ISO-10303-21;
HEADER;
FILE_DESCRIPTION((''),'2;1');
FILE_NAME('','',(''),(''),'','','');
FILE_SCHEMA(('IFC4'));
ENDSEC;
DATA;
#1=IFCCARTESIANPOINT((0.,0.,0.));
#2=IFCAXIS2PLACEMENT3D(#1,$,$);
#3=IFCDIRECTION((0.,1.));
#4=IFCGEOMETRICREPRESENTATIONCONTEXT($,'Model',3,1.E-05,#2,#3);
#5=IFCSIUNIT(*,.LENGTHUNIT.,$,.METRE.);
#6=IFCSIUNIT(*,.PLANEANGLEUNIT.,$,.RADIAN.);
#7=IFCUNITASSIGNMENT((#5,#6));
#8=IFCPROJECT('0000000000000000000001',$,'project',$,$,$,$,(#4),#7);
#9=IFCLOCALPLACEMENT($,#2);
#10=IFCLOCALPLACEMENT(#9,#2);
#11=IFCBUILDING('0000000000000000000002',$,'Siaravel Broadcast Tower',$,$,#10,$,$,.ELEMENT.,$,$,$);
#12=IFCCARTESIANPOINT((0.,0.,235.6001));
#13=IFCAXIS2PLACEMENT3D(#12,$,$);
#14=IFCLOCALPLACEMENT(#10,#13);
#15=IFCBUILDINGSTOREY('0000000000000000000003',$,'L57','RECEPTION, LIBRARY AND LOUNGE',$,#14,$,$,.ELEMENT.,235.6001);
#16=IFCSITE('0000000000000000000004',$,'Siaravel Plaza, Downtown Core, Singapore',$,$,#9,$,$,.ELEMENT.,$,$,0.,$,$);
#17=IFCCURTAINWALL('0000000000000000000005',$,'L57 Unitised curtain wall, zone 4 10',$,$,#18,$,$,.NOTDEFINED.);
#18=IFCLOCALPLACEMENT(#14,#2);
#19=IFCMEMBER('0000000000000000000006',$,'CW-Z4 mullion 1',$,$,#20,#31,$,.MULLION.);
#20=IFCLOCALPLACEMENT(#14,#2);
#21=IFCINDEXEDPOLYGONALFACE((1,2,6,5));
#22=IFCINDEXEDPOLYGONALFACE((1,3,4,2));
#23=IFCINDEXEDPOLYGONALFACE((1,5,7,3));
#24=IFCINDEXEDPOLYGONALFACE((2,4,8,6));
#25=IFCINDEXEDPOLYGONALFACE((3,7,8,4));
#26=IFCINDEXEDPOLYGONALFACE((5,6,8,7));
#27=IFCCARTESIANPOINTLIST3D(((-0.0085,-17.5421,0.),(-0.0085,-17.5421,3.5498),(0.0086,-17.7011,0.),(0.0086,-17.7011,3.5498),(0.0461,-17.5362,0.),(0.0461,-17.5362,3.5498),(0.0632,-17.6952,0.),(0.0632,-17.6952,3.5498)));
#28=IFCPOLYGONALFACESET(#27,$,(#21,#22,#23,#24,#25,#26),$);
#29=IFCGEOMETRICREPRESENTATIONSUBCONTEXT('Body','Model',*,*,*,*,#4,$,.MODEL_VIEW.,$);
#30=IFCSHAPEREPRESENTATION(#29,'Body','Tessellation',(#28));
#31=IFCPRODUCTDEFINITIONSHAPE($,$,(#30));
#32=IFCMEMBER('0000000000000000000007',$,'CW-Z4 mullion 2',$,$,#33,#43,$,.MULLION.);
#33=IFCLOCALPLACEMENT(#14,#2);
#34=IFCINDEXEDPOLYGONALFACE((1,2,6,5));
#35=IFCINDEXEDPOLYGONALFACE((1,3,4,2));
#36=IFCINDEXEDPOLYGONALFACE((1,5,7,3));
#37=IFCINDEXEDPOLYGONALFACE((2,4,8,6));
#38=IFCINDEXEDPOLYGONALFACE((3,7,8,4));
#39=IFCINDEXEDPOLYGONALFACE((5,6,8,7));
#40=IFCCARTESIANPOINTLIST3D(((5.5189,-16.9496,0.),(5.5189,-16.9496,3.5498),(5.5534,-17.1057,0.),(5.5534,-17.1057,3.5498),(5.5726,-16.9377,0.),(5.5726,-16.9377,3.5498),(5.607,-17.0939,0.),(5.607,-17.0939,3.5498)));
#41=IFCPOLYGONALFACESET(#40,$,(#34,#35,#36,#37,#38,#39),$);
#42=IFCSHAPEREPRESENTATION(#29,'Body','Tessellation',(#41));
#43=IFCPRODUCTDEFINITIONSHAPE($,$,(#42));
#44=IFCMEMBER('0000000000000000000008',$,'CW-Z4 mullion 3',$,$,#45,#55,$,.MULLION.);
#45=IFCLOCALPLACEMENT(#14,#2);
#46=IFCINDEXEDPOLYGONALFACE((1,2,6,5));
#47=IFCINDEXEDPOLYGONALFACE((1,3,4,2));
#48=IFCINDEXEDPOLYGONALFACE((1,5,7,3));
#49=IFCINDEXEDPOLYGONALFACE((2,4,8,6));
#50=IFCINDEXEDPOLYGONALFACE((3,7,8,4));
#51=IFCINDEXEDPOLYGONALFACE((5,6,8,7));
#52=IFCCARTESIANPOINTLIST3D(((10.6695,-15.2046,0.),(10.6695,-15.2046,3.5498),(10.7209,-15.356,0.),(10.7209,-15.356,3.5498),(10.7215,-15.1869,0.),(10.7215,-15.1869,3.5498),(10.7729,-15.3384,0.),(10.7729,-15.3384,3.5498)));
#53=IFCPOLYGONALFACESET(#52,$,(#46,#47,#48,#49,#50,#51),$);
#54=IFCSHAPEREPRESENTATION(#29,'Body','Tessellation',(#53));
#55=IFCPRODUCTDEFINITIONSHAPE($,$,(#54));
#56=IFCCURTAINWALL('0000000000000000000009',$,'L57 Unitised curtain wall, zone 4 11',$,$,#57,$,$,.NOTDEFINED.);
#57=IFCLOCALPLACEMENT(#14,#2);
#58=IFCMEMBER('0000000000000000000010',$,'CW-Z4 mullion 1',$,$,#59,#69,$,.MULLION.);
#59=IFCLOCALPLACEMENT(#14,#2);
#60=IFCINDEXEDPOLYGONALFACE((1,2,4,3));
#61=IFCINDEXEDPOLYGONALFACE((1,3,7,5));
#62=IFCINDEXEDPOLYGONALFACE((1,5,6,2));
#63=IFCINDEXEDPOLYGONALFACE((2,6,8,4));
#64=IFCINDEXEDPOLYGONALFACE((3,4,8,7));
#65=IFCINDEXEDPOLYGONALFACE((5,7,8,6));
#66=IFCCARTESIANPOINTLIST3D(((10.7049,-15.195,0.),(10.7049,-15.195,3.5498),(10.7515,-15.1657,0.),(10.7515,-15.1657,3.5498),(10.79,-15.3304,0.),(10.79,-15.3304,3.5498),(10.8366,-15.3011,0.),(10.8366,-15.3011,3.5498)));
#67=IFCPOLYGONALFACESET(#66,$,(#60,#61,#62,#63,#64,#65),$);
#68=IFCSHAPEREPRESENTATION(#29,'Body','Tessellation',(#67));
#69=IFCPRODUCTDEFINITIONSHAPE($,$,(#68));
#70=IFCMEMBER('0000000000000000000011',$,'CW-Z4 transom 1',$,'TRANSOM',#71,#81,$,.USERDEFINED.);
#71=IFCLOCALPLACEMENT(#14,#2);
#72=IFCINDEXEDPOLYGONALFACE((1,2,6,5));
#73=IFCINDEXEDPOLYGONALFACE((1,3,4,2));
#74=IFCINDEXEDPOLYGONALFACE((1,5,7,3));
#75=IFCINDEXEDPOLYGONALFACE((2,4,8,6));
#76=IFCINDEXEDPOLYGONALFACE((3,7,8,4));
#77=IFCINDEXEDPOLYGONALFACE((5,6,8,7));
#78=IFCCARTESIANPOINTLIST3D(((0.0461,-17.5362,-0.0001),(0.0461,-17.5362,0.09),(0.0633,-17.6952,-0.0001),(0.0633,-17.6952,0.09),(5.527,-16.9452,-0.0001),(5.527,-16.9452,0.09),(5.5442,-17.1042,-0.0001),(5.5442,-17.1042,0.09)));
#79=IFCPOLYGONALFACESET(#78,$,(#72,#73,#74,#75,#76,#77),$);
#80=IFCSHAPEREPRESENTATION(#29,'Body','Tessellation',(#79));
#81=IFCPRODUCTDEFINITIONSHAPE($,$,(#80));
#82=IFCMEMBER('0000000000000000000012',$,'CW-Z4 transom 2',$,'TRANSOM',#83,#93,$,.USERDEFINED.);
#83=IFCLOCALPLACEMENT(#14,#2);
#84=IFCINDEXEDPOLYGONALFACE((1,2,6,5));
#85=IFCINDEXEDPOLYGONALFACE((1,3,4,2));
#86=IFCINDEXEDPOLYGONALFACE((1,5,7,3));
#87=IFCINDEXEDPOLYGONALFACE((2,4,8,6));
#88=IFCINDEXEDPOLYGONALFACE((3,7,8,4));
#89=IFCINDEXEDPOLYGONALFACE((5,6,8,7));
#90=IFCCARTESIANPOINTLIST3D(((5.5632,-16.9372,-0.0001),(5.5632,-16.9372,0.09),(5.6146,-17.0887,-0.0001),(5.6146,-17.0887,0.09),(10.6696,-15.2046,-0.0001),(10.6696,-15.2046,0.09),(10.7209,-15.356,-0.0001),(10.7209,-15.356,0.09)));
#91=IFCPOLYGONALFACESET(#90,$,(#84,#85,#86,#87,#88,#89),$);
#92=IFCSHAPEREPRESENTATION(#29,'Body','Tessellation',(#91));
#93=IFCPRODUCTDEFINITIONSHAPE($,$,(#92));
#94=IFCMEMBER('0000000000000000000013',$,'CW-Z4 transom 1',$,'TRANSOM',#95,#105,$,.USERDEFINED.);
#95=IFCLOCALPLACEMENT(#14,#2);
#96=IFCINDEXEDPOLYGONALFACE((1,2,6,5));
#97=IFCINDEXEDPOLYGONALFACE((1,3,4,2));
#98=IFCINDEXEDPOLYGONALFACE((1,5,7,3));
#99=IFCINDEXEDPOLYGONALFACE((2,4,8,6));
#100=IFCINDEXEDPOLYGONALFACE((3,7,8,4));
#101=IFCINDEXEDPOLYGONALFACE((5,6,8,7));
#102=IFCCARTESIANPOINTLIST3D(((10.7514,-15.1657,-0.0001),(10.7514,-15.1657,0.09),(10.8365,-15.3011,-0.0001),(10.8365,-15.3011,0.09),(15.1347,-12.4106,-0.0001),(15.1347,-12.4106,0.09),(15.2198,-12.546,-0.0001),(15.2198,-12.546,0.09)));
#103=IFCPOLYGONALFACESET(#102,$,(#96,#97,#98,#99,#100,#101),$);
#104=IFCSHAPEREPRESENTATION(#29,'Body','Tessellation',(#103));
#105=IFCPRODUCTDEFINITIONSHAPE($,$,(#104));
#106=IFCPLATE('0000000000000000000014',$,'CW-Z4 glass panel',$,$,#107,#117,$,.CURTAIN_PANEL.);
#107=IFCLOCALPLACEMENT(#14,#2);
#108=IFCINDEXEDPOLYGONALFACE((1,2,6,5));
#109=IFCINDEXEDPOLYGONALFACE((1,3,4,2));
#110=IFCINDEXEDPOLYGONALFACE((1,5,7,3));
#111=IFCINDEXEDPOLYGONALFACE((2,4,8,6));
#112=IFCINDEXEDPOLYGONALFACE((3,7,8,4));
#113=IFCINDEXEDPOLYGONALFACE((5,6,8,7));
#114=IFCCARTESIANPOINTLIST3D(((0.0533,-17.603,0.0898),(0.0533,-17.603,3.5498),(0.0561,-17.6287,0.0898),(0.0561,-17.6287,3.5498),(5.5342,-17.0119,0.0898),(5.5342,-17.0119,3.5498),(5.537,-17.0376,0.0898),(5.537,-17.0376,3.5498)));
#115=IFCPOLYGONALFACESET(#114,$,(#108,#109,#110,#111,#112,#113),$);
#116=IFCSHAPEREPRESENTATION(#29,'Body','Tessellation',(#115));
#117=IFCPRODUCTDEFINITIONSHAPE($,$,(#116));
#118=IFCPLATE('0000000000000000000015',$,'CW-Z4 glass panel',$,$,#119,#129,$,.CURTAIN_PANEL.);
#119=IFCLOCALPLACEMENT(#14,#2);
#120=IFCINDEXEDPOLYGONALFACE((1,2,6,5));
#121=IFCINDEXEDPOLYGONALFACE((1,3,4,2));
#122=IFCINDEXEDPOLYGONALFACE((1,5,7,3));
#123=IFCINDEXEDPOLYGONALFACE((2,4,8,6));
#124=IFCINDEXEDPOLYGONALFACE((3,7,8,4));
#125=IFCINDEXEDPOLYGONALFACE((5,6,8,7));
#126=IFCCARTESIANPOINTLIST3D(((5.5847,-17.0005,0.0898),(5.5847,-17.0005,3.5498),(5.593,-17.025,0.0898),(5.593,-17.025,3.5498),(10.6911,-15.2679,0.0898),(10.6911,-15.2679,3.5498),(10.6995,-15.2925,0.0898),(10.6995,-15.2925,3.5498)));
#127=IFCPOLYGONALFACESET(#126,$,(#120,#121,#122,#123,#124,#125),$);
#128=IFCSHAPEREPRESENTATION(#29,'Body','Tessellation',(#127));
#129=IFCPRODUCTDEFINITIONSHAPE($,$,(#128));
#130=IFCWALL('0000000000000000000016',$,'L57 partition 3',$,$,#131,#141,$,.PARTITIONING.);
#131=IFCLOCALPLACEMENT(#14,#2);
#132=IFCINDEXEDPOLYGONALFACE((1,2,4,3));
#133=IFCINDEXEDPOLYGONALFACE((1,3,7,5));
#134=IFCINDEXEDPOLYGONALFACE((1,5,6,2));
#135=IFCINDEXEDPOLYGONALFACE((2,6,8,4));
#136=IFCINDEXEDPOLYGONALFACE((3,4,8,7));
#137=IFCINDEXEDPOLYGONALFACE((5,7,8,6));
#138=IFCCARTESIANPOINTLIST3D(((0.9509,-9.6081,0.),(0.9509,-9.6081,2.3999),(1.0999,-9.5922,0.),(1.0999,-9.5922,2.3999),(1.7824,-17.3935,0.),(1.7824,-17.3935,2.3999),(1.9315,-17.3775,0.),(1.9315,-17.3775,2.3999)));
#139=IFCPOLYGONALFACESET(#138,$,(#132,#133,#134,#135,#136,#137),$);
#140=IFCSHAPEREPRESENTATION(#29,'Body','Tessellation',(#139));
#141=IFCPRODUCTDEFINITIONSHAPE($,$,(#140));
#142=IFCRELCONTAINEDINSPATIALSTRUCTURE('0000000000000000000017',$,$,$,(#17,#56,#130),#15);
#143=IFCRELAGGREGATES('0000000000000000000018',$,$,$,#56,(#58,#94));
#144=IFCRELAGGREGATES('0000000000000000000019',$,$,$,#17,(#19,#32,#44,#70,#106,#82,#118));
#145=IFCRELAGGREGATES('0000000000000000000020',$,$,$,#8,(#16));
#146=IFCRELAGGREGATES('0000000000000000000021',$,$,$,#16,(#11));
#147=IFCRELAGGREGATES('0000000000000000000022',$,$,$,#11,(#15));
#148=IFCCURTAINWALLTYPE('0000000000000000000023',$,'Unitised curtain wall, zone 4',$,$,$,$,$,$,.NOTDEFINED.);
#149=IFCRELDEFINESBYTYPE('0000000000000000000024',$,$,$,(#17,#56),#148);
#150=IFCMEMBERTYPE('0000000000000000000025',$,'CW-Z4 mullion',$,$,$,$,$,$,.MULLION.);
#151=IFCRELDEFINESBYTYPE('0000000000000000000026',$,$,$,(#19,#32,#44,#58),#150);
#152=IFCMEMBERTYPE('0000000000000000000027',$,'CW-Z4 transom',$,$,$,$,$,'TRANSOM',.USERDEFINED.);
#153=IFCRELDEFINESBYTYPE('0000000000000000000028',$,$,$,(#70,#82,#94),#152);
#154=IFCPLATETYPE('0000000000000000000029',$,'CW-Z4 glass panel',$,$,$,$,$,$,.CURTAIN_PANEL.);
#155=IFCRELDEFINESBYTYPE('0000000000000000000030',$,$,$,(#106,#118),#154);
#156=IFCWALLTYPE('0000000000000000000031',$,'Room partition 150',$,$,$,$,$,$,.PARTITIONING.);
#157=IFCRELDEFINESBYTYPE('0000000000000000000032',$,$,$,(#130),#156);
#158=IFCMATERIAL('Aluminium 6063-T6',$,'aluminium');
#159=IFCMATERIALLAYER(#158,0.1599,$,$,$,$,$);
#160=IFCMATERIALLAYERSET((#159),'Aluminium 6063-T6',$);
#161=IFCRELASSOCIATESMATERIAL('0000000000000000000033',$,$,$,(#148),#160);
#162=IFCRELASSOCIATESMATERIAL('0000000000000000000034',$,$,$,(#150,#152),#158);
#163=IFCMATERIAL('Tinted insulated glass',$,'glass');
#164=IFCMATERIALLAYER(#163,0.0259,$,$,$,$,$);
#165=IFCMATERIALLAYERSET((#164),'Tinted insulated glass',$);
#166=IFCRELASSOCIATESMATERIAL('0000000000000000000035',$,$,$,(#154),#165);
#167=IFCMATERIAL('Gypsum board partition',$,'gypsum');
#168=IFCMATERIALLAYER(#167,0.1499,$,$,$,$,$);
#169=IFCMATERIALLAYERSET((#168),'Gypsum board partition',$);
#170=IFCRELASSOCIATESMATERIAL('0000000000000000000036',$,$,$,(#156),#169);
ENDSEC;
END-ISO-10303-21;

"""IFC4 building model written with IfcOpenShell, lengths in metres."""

from ifc_helpers import new_model, si_unit, direction, frame, frame_2d, origin, origin_2d, place, context, subcontext, project, spatial, rectangle, extrude, material, layer, layer_set, material_profile, profile_set, type_object, element, aggregate, save


model = new_model("IFC4")

# Units and contexts
model_context = context("Model", 3, precision=1e-05, world=origin(), true_north=direction((0.0, 1.0)))
body_context = subcontext(model_context, "Body", "Model", "MODEL_VIEW")
ifc_project = project(units=[si_unit("LENGTHUNIT", "METRE"), si_unit("PLANEANGLEUNIT", "RADIAN")], contexts=[model_context])

# Site, building, storey
site_placement = place(None, origin())
site = spatial("IfcSite", under=ifc_project, at=site_placement, Name="Siaravel Plaza, Downtown Core, Singapore", CompositionType="ELEMENT", RefElevation=0.0)
building_placement = place(site_placement, origin())
building = spatial("IfcBuilding", under=site, at=building_placement, Name="Siaravel Broadcast Tower", CompositionType="ELEMENT")
storey_placement = place(building_placement, frame((0.0, 0.0, 235.6001)))
storey = spatial("IfcBuildingStorey", under=building, at=storey_placement, Name="L57", Description="RECEPTION, LIBRARY AND LOUNGE", CompositionType="ELEMENT", Elevation=235.6001)

# Curtain wall, members
ifc_material_1 = material(Name="Aluminium 6063-T6", Category="aluminium")
ifc_layer_1 = layer(ifc_material_1, 0.1599)
ifc_layer_set_1 = layer_set([ifc_layer_1], Name="Aluminium 6063-T6")
curtain_wall_type = type_object("IfcCurtainWallType", Name="Unitised curtain wall, zone 4", PredefinedType="NOTDEFINED", material=ifc_layer_set_1)
curtain_wall_1_placement = place(storey_placement, origin())
curtain_wall_1 = element("IfcCurtainWall", 1, at=curtain_wall_1_placement, inside=storey, type_object=curtain_wall_type, Name="L57 Unitised curtain wall, zone 4 10", PredefinedType="NOTDEFINED")
ifc_material_profile_1 = material_profile(ifc_material_1, rectangle(XDim=0.1599, YDim=0.0549, at=origin_2d()))
ifc_profile_set_1 = profile_set([ifc_material_profile_1], Name="Aluminium 6063-T6")
member_type_1 = type_object("IfcMemberType", Name="CW-Z4 mullion", PredefinedType="MULLION", material=ifc_profile_set_1)
member_1_placement = place(storey_placement, frame((0.0273, -17.6187, 0.0), z_axis=(0.0, 0.0, 1.0), x_axis=(-0.107218, 0.994236, 0.0)))
member_1 = element("IfcMember", 2, at=member_1_placement, type_object=member_type_1, Name="CW-Z4 mullion 1", PredefinedType="MULLION", context=body_context, shape_type="SweptSolid", body=[
    extrude(rectangle(XDim=0.1599, YDim=0.0549, at=origin_2d()), origin(), (0.0, 0.0, 1.0), 3.5498),
])
member_2_placement = place(storey_placement, frame((5.563, -17.0217, 0.0), z_axis=(0.0, 0.0, 1.0), x_axis=(-0.215559, 0.976491, 0.0)))
member_2 = element("IfcMember", 3, at=member_2_placement, type_object=member_type_1, Name="CW-Z4 mullion 2", PredefinedType="MULLION", context=body_context, shape_type="SweptSolid", body=[
    extrude(rectangle(XDim=0.1599, YDim=0.0549, at=origin_2d()), origin(), (0.0, 0.0, 1.0), 3.5498),
])
member_3_placement = place(storey_placement, frame((10.7212, -15.2715, 0.0), z_axis=(0.0, 0.0, 1.0), x_axis=(-0.321301, 0.946977, 0.0)))
member_3 = element("IfcMember", 4, at=member_3_placement, type_object=member_type_1, Name="CW-Z4 mullion 3", PredefinedType="MULLION", context=body_context, shape_type="SweptSolid", body=[
    extrude(rectangle(XDim=0.1599, YDim=0.0549, at=origin_2d()), origin(), (0.0, 0.0, 1.0), 3.5498),
])

# Curtain wall, member
curtain_wall_2_placement = place(storey_placement, origin())
curtain_wall_2 = element("IfcCurtainWall", 5, at=curtain_wall_2_placement, inside=storey, type_object=curtain_wall_type, Name="L57 Unitised curtain wall, zone 4 11", PredefinedType="NOTDEFINED")
member_4_placement = place(storey_placement, frame((10.7708, -15.248, 0.0), z_axis=(0.0, 0.0, 1.0), x_axis=(-0.53215, 0.84665, 0.0)))
member_4 = element("IfcMember", 6, at=member_4_placement, type_object=member_type_1, Name="CW-Z4 mullion 1", PredefinedType="MULLION", context=body_context, shape_type="SweptSolid", body=[
    extrude(rectangle(XDim=0.1599, YDim=0.0549, at=origin_2d()), origin(), (0.0, 0.0, 1.0), 3.5498),
])

# Members
ifc_material_profile_2 = material_profile(ifc_material_1, rectangle(XDim=0.1599, YDim=0.0901, at=origin_2d()))
ifc_profile_set_2 = profile_set([ifc_material_profile_2], Name="Aluminium 6063-T6")
member_type_2 = type_object("IfcMemberType", Name="CW-Z4 transom", ElementType="TRANSOM", PredefinedType="USERDEFINED", material=ifc_profile_set_2)
member_5_placement = place(storey_placement, frame((0.0547, -17.6157, 0.0449), z_axis=(0.994236, 0.107218, 0.0), x_axis=(-0.107218, 0.994236, 0.0)))
member_5 = element("IfcMember", 7, at=member_5_placement, type_object=member_type_2, Name="CW-Z4 transom 1", ObjectType="TRANSOM", PredefinedType="USERDEFINED", context=body_context, shape_type="SweptSolid", body=[
    extrude(rectangle(XDim=0.1599, YDim=0.0901, at=origin_2d()), origin(), (0.0, 0.0, 1.0), 5.5127),
])
member_6_placement = place(storey_placement, frame((5.5889, -17.0129, 0.0449), z_axis=(0.946972, 0.321317, 0.0), x_axis=(-0.321317, 0.946972, 0.0)))
member_6 = element("IfcMember", 8, at=member_6_placement, type_object=member_type_2, Name="CW-Z4 transom 2", ObjectType="TRANSOM", PredefinedType="USERDEFINED", context=body_context, shape_type="SweptSolid", body=[
    extrude(rectangle(XDim=0.1599, YDim=0.0901, at=origin_2d()), origin(), (0.0, 0.0, 1.0), 5.3923),
])
member_7_placement = place(storey_placement, frame((10.7939, -15.2334, 0.0449), z_axis=(0.846644, 0.532159, 0.0), x_axis=(-0.532159, 0.846644, 0.0)))
member_7 = element("IfcMember", 9, at=member_7_placement, type_object=member_type_2, Name="CW-Z4 transom 1", ObjectType="TRANSOM", PredefinedType="USERDEFINED", context=body_context, shape_type="SweptSolid", body=[
    extrude(rectangle(XDim=0.1599, YDim=0.0901, at=origin_2d()), origin(), (0.0, 0.0, 1.0), 5.1772),
])
aggregate(curtain_wall_2, [member_4, member_7])

# Plates
ifc_material_2 = material(Name="Tinted insulated glass", Category="glass")
ifc_layer_2 = layer(ifc_material_2, 0.0259)
ifc_layer_set_2 = layer_set([ifc_layer_2], Name="Tinted insulated glass")
plate_type = type_object("IfcPlateType", Name="CW-Z4 glass panel", PredefinedType="CURTAIN_PANEL", material=ifc_layer_set_2)
plate_1_placement = place(storey_placement, frame((2.7952, -17.3203, 0.0898), z_axis=(0.0, 0.0, 1.0), x_axis=(0.994236, 0.107218, 0.0)))
plate_1 = element("IfcPlate", 10, at=plate_1_placement, type_object=plate_type, Name="CW-Z4 glass panel", PredefinedType="CURTAIN_PANEL", context=body_context, shape_type="SweptSolid", body=[
    extrude(rectangle(XDim=5.5127, YDim=0.0259, at=origin_2d()), origin(), (0.0, 0.0, 1.0), 3.46),
])
plate_2_placement = place(storey_placement, frame((8.1421, -16.1465, 0.0898), z_axis=(0.0, 0.0, 1.0), x_axis=(0.946977, 0.321301, 0.0)))
plate_2 = element("IfcPlate", 11, at=plate_2_placement, type_object=plate_type, Name="CW-Z4 glass panel", PredefinedType="CURTAIN_PANEL", context=body_context, shape_type="SweptSolid", body=[
    extrude(rectangle(XDim=5.3923, YDim=0.0259, at=origin_2d()), origin(), (0.0, 0.0, 1.0), 3.46),
])
aggregate(curtain_wall_1, [member_1, member_2, member_3, member_5, plate_1, member_6, plate_2])

# Wall
ifc_material_3 = material(Name="Gypsum board partition", Category="gypsum")
ifc_layer_3 = layer(ifc_material_3, 0.1499)
ifc_layer_set_3 = layer_set([ifc_layer_3], Name="Gypsum board partition")
wall_type = type_object("IfcWallType", Name="Room partition 150", PredefinedType="PARTITIONING", material=ifc_layer_set_3)
wall_placement = place(storey_placement, frame((1.8569, -17.3855, 0.0), z_axis=(0.0, 0.0, 1.0), x_axis=(-0.106204, 0.994344, 0.0)))
element("IfcWall", 12, at=wall_placement, inside=storey, type_object=wall_type, Name="L57 partition 3", PredefinedType="PARTITIONING", context=body_context, shape_type="SweptSolid", body=[
    extrude(rectangle(XDim=7.8296, YDim=0.1499, at=frame_2d((3.9148, 0.0))), origin(), (0.0, 0.0, 1.0), 2.3999),
])

save(model, "model.ifc")
